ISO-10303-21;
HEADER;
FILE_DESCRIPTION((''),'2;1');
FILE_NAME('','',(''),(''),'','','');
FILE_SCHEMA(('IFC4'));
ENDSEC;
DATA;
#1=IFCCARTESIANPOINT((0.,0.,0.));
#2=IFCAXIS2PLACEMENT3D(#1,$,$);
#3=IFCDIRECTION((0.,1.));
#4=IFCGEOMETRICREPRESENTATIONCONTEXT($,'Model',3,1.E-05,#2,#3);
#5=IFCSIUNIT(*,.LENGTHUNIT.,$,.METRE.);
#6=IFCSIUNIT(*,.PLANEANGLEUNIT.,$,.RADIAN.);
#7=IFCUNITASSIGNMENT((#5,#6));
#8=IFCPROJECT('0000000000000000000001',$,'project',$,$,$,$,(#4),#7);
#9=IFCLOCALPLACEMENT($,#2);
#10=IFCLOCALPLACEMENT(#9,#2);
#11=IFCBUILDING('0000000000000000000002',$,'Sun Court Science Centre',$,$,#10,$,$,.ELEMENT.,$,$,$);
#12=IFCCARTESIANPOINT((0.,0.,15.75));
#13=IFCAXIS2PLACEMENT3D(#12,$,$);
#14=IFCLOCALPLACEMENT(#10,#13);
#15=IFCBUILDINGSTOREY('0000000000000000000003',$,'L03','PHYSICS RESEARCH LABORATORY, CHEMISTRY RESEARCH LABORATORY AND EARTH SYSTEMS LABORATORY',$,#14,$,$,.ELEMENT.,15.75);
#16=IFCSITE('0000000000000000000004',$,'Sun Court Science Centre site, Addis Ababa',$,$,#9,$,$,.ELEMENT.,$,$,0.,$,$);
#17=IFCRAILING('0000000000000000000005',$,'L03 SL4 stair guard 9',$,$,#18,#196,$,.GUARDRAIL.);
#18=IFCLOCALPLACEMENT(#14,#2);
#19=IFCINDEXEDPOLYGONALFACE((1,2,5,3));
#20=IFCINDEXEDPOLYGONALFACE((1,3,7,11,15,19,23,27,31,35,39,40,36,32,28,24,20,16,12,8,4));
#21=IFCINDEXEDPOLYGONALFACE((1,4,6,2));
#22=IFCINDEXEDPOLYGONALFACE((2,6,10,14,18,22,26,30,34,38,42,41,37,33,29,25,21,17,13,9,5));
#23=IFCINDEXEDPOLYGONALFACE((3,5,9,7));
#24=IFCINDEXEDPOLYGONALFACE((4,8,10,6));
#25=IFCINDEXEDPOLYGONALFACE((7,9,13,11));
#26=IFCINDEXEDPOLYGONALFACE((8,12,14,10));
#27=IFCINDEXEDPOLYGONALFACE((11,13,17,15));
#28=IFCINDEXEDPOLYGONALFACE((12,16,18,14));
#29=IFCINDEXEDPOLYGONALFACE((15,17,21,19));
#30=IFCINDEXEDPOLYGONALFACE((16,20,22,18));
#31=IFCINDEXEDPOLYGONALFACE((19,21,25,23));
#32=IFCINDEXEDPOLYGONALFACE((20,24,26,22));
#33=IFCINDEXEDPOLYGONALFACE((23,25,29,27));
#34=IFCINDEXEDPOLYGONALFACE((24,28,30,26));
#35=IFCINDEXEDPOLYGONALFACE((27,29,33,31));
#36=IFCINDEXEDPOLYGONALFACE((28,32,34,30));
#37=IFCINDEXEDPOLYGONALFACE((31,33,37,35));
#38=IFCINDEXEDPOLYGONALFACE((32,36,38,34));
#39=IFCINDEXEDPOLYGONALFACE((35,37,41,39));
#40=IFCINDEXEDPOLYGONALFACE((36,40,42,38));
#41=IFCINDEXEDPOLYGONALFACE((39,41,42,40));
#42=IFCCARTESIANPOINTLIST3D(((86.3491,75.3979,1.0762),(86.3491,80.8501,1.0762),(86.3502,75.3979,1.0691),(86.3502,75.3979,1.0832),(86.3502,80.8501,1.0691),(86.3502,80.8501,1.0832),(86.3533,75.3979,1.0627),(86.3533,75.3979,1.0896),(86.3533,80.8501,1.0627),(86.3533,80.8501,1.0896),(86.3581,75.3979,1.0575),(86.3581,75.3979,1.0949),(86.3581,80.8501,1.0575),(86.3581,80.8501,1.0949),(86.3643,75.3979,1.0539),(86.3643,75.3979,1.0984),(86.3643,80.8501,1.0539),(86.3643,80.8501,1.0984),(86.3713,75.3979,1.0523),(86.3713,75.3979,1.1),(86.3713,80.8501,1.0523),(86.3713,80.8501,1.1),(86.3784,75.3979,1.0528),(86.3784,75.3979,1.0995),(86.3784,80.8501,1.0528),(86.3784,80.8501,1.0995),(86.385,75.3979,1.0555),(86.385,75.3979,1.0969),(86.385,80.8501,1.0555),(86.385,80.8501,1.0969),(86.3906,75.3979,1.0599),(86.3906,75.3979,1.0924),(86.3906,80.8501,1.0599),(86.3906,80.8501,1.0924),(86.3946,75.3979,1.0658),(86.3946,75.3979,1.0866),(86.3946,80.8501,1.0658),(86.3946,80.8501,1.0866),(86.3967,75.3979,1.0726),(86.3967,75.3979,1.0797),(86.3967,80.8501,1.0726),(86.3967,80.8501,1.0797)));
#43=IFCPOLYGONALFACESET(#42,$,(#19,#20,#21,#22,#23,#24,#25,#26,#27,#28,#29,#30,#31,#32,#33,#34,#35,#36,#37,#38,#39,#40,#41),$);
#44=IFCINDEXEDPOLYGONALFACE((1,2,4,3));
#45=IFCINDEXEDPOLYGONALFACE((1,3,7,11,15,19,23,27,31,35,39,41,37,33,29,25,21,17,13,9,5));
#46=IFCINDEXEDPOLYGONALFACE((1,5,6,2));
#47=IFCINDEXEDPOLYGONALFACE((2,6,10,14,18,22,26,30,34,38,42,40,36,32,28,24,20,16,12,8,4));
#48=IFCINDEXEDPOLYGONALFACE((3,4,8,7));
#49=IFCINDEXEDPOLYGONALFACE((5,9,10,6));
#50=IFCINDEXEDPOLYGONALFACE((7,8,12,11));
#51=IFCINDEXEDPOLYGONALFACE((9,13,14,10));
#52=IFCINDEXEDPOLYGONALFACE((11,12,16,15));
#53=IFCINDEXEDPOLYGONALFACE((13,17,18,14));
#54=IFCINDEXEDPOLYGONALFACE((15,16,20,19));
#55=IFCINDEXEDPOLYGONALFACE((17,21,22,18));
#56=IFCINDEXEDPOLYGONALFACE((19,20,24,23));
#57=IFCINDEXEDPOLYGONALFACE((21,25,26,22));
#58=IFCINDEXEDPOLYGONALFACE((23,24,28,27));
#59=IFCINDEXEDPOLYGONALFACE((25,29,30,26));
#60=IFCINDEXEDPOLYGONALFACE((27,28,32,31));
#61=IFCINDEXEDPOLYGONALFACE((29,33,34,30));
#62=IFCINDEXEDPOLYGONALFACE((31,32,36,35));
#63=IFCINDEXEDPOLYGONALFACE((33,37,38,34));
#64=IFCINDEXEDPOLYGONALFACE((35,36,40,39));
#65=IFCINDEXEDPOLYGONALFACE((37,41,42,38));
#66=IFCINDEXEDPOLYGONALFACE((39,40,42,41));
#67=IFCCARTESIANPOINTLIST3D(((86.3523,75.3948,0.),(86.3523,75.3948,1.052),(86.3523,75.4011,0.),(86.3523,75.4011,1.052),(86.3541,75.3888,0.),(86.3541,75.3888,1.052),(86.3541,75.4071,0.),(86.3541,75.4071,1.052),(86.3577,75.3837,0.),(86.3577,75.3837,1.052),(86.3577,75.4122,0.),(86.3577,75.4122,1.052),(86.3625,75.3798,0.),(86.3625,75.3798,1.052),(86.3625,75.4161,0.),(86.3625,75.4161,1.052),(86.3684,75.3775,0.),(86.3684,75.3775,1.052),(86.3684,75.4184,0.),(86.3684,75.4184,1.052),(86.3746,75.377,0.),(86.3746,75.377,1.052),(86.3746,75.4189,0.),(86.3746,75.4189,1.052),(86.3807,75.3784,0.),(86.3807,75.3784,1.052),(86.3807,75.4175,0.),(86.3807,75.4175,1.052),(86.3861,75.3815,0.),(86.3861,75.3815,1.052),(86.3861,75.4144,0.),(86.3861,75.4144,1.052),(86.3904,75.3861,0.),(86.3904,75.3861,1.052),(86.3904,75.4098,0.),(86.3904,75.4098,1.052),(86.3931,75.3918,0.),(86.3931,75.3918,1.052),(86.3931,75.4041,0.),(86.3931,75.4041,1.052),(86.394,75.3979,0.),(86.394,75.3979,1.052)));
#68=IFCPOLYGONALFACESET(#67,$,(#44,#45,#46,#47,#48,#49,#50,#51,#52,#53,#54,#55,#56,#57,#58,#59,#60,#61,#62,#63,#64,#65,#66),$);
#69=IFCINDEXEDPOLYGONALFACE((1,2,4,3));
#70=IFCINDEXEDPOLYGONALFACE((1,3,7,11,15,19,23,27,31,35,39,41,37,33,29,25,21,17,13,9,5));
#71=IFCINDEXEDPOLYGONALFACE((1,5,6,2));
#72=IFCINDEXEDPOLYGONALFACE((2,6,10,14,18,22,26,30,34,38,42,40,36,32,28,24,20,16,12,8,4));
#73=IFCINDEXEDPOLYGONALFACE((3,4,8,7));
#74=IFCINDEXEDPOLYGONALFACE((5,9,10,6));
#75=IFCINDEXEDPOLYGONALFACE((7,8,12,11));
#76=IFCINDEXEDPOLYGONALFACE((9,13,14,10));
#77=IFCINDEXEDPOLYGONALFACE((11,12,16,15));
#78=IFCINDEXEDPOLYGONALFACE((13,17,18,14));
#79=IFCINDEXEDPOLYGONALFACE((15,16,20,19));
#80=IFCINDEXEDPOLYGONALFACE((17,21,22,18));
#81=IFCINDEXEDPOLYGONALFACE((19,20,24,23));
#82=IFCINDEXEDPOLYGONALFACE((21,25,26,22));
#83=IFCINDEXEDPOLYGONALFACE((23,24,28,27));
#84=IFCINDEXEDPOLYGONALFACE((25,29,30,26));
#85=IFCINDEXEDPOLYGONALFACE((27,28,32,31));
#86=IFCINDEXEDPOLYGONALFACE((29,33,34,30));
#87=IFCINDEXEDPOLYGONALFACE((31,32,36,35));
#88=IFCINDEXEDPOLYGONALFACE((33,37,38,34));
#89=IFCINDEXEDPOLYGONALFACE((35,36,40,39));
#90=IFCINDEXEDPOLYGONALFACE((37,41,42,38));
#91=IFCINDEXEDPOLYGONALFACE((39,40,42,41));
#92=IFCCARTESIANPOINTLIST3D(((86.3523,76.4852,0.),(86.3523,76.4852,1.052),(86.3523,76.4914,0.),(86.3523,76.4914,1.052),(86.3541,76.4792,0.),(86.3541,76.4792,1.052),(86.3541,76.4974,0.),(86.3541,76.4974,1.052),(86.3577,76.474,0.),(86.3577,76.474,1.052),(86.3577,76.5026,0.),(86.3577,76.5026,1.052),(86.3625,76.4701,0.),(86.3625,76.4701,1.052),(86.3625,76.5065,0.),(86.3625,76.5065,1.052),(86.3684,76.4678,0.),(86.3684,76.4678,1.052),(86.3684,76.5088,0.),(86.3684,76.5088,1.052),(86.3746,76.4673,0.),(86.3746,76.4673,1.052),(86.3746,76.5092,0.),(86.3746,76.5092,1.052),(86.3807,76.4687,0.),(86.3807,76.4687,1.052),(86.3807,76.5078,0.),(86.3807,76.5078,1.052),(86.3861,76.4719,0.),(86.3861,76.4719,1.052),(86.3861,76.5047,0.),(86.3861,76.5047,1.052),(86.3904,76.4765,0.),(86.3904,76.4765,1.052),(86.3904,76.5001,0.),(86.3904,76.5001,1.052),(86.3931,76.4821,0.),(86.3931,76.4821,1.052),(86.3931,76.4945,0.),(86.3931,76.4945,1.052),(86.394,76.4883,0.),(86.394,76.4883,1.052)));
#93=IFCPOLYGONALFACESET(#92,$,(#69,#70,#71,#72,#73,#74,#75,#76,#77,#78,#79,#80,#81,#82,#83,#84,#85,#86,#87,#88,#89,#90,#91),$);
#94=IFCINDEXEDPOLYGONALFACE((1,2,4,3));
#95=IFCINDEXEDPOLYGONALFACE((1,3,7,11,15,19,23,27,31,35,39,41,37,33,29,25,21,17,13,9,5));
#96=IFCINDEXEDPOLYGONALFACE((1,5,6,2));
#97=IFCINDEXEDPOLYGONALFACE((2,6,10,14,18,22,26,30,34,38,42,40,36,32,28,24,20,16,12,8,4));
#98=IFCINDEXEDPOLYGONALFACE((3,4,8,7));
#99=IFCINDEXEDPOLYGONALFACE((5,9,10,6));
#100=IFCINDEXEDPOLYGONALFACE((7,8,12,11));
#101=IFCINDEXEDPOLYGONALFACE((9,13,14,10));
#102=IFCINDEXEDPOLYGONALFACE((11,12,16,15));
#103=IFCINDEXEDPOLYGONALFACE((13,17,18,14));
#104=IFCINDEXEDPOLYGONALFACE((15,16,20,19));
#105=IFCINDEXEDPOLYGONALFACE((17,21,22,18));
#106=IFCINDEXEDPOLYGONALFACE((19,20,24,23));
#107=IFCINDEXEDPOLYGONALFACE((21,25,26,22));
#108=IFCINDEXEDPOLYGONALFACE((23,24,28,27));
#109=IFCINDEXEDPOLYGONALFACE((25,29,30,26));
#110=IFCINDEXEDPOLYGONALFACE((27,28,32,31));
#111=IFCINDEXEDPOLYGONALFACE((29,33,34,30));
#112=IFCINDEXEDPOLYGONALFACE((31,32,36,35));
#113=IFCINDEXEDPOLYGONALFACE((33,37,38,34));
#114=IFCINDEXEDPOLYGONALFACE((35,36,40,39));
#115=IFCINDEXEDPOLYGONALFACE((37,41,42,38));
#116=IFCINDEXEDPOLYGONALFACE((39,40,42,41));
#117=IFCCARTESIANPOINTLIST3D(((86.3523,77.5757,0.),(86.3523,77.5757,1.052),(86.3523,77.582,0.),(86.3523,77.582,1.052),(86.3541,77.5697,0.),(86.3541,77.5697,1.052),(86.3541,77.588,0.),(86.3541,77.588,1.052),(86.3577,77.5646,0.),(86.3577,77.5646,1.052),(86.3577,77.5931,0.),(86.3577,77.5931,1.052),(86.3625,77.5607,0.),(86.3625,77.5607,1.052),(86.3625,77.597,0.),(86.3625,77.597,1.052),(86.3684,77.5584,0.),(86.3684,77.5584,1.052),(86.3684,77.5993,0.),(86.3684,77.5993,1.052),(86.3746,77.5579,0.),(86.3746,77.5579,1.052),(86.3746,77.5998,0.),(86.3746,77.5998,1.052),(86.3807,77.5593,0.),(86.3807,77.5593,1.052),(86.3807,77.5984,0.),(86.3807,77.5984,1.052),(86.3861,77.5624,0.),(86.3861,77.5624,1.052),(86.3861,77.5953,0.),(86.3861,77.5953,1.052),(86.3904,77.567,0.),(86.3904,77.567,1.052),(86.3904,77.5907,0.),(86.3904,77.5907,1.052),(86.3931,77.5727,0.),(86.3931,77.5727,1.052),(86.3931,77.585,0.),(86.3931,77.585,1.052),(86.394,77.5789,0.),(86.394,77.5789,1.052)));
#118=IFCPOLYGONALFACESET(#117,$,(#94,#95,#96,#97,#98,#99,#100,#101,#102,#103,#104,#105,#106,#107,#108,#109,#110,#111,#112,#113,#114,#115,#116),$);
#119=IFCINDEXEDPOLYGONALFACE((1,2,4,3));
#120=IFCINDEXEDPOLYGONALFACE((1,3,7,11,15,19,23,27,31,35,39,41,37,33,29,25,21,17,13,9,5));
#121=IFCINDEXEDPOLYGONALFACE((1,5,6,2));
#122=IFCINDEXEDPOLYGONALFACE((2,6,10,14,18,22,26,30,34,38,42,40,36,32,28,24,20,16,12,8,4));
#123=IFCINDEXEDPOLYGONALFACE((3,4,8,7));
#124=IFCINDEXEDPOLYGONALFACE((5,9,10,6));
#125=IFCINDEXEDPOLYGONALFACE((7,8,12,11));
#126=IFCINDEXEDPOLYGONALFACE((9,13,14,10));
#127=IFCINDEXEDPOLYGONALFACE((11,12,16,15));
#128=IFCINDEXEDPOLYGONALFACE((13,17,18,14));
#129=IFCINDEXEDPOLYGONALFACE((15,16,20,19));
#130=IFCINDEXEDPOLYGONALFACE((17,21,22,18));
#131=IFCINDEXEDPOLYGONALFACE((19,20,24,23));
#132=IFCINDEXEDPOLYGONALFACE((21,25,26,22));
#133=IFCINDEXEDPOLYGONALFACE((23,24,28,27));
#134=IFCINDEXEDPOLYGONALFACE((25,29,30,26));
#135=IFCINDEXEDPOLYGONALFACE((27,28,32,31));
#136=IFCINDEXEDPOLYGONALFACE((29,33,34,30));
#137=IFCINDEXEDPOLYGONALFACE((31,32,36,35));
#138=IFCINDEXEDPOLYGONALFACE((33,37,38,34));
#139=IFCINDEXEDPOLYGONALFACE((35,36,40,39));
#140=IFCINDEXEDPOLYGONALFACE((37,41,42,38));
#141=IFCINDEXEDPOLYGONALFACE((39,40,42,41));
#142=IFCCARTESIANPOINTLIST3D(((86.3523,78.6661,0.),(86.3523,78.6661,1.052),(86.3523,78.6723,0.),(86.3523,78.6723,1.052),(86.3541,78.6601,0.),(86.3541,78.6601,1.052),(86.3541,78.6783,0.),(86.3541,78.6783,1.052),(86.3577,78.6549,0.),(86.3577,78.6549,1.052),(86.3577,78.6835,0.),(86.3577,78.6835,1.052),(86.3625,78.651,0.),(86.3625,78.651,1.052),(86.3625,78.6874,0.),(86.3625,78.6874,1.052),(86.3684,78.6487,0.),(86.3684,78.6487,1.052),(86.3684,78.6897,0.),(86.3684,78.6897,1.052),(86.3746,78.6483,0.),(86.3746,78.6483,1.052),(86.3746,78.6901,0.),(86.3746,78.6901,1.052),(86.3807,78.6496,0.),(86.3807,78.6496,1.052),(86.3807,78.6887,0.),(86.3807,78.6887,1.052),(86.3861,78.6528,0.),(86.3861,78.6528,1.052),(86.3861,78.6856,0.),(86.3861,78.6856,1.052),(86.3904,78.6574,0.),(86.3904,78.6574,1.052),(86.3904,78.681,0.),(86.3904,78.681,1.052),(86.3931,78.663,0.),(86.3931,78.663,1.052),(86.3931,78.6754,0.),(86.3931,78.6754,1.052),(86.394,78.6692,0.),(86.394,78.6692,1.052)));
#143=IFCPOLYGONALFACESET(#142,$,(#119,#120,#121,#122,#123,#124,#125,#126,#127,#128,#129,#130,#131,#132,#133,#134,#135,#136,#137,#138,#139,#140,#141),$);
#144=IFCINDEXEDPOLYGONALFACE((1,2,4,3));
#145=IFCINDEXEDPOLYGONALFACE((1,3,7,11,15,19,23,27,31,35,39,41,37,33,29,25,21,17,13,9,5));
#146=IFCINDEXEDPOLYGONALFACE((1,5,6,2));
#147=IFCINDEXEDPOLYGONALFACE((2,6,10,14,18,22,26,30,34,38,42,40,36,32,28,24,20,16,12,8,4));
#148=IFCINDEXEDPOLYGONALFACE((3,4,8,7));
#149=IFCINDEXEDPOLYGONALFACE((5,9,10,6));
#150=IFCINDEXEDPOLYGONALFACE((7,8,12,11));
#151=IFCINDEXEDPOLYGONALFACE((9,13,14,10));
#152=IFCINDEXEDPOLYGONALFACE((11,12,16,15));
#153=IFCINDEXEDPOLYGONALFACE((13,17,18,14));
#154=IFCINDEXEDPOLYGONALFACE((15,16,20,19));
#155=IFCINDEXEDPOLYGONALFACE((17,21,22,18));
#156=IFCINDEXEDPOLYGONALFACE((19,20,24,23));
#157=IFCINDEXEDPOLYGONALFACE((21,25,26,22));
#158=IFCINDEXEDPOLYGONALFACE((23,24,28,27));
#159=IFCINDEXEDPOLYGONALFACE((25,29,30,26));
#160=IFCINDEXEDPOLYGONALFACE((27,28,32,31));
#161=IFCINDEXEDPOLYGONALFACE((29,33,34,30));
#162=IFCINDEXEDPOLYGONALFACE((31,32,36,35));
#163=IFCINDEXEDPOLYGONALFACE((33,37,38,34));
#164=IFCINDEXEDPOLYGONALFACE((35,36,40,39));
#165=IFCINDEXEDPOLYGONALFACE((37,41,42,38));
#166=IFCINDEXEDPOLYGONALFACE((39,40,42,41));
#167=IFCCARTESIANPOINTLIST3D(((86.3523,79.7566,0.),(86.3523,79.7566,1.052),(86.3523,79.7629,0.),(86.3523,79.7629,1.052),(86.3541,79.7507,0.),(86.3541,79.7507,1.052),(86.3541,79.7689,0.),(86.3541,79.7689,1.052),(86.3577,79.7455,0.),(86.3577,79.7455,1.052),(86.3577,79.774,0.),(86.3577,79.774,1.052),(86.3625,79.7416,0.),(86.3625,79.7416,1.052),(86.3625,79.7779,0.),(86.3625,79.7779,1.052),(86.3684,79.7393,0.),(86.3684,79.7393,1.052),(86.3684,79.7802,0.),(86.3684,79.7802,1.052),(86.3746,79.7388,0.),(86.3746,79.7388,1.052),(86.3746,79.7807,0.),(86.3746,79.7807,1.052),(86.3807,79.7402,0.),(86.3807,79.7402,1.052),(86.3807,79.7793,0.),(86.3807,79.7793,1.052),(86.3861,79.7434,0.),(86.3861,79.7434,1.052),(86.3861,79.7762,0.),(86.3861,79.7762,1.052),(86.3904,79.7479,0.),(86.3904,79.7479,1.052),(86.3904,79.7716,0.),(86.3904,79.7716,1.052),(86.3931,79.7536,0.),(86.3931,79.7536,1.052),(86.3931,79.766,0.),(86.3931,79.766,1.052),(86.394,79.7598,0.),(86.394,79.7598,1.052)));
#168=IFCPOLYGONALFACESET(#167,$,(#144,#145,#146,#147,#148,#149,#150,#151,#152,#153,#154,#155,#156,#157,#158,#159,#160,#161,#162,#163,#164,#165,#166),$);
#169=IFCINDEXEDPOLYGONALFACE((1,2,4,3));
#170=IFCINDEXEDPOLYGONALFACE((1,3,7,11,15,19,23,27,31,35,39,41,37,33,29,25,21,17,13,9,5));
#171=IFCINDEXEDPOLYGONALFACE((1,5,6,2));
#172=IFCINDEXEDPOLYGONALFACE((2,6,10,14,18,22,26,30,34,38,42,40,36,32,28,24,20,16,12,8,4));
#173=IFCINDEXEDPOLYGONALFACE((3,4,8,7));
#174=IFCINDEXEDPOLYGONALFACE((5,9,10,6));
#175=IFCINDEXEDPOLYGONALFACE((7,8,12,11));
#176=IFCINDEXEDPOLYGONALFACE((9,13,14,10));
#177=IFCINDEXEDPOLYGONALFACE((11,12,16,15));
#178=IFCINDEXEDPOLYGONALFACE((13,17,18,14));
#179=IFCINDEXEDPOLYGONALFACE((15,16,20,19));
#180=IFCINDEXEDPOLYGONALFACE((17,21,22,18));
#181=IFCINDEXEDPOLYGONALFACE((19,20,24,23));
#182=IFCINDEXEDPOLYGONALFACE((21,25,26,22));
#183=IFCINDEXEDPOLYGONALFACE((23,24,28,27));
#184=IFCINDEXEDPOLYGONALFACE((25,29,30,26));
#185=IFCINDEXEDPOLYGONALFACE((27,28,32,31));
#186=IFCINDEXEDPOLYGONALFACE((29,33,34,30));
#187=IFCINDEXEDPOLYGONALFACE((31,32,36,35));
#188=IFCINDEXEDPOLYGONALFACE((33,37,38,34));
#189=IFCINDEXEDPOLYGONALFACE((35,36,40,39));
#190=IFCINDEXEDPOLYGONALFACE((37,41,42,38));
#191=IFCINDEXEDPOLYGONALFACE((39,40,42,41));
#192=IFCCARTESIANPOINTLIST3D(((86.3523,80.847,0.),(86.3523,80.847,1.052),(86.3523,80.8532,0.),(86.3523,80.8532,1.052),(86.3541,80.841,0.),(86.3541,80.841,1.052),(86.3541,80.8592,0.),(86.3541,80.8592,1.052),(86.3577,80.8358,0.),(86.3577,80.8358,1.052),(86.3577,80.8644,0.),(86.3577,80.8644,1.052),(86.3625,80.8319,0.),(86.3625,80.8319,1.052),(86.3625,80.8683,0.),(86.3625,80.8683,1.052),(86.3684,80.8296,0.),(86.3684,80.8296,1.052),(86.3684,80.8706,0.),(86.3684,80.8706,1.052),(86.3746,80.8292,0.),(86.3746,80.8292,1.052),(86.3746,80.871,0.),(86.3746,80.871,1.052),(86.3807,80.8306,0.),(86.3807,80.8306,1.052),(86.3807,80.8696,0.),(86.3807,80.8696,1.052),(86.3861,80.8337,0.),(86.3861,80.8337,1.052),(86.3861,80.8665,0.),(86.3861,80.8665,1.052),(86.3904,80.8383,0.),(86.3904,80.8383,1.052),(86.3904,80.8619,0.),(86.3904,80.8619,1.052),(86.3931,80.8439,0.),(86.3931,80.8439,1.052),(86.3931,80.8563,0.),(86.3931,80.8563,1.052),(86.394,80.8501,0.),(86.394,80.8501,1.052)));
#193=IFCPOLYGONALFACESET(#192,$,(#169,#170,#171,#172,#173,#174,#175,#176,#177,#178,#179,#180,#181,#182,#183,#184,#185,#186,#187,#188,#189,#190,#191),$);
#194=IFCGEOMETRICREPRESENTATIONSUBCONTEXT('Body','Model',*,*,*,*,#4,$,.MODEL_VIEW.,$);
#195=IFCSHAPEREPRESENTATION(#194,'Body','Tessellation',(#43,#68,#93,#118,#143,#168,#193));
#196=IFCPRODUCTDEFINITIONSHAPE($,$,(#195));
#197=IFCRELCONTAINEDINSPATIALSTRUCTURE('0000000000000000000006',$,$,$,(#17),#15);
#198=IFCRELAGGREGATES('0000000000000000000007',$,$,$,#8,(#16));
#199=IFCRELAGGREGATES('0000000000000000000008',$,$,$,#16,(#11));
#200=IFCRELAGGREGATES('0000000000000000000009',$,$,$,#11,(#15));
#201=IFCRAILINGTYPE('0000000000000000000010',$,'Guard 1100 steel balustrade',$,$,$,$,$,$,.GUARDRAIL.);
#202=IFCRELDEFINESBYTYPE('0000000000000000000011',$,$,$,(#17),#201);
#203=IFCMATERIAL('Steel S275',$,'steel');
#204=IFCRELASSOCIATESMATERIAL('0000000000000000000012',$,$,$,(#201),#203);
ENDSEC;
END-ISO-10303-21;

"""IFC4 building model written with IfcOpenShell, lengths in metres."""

from ifc_helpers import new_model, si_unit, direction, frame, origin, origin_2d, place, context, subcontext, project, spatial, circle, extrude, material, type_object, element, save


model = new_model("IFC4")

# Units and contexts
model_context = context("Model", 3, precision=1e-05, world=origin(), true_north=direction((0.0, 1.0)))
body_context = subcontext(model_context, "Body", "Model", "MODEL_VIEW")
ifc_project = project(units=[si_unit("LENGTHUNIT", "METRE"), si_unit("PLANEANGLEUNIT", "RADIAN")], contexts=[model_context])

# Site, building, storey
site_placement = place(None, origin())
site = spatial("IfcSite", under=ifc_project, at=site_placement, Name="Sun Court Science Centre site, Addis Ababa", CompositionType="ELEMENT", RefElevation=0.0)
building_placement = place(site_placement, origin())
building = spatial("IfcBuilding", under=site, at=building_placement, Name="Sun Court Science Centre", CompositionType="ELEMENT")
storey_placement = place(building_placement, frame((0.0, 0.0, 15.75)))
storey = spatial("IfcBuildingStorey", under=building, at=storey_placement, Name="L03", Description="PHYSICS RESEARCH LABORATORY, CHEMISTRY RESEARCH LABORATORY AND EARTH SYSTEMS LABORATORY", CompositionType="ELEMENT", Elevation=15.75)

# Railing
ifc_material_1 = material(Name="Steel S275", Category="steel")
railing_type_1 = type_object("IfcRailingType", Name="Guard 1100 steel balustrade", PredefinedType="GUARDRAIL", material=ifc_material_1)
railing_1_placement = place(storey_placement, frame((86.373, 75.3979, 0.0)))
element("IfcRailing", 1, at=railing_1_placement, inside=storey, type_object=railing_type_1, Name="L03 SL4 stair guard 9", PredefinedType="GUARDRAIL", context=body_context, shape_type="SweptSolid", body=[
    extrude(circle(Radius=0.0239, at=origin_2d()), frame((0.0, 0.0, 1.0762), z_axis=(0.0, 1.0, 0.0), x_axis=(-1.0, 0.0, 0.0)), (0.0, 0.0, 1.0), 5.4521),
    extrude(circle(Radius=0.021, at=origin_2d()), origin(), (0.0, 0.0, 1.0), 1.052),
    extrude(circle(Radius=0.021, at=origin_2d()), frame((0.0, 1.0903, 0.0)), (0.0, 0.0, 1.0), 1.052),
    extrude(circle(Radius=0.021, at=origin_2d()), frame((0.0, 2.1809, 0.0)), (0.0, 0.0, 1.0), 1.052),
    extrude(circle(Radius=0.021, at=origin_2d()), frame((0.0, 3.2712, 0.0)), (0.0, 0.0, 1.0), 1.052),
    extrude(circle(Radius=0.021, at=origin_2d()), frame((0.0, 4.3618, 0.0)), (0.0, 0.0, 1.0), 1.052),
    extrude(circle(Radius=0.021, at=origin_2d()), frame((0.0, 5.4521, 0.0)), (0.0, 0.0, 1.0), 1.052),
])

save(model, "model.ifc")
